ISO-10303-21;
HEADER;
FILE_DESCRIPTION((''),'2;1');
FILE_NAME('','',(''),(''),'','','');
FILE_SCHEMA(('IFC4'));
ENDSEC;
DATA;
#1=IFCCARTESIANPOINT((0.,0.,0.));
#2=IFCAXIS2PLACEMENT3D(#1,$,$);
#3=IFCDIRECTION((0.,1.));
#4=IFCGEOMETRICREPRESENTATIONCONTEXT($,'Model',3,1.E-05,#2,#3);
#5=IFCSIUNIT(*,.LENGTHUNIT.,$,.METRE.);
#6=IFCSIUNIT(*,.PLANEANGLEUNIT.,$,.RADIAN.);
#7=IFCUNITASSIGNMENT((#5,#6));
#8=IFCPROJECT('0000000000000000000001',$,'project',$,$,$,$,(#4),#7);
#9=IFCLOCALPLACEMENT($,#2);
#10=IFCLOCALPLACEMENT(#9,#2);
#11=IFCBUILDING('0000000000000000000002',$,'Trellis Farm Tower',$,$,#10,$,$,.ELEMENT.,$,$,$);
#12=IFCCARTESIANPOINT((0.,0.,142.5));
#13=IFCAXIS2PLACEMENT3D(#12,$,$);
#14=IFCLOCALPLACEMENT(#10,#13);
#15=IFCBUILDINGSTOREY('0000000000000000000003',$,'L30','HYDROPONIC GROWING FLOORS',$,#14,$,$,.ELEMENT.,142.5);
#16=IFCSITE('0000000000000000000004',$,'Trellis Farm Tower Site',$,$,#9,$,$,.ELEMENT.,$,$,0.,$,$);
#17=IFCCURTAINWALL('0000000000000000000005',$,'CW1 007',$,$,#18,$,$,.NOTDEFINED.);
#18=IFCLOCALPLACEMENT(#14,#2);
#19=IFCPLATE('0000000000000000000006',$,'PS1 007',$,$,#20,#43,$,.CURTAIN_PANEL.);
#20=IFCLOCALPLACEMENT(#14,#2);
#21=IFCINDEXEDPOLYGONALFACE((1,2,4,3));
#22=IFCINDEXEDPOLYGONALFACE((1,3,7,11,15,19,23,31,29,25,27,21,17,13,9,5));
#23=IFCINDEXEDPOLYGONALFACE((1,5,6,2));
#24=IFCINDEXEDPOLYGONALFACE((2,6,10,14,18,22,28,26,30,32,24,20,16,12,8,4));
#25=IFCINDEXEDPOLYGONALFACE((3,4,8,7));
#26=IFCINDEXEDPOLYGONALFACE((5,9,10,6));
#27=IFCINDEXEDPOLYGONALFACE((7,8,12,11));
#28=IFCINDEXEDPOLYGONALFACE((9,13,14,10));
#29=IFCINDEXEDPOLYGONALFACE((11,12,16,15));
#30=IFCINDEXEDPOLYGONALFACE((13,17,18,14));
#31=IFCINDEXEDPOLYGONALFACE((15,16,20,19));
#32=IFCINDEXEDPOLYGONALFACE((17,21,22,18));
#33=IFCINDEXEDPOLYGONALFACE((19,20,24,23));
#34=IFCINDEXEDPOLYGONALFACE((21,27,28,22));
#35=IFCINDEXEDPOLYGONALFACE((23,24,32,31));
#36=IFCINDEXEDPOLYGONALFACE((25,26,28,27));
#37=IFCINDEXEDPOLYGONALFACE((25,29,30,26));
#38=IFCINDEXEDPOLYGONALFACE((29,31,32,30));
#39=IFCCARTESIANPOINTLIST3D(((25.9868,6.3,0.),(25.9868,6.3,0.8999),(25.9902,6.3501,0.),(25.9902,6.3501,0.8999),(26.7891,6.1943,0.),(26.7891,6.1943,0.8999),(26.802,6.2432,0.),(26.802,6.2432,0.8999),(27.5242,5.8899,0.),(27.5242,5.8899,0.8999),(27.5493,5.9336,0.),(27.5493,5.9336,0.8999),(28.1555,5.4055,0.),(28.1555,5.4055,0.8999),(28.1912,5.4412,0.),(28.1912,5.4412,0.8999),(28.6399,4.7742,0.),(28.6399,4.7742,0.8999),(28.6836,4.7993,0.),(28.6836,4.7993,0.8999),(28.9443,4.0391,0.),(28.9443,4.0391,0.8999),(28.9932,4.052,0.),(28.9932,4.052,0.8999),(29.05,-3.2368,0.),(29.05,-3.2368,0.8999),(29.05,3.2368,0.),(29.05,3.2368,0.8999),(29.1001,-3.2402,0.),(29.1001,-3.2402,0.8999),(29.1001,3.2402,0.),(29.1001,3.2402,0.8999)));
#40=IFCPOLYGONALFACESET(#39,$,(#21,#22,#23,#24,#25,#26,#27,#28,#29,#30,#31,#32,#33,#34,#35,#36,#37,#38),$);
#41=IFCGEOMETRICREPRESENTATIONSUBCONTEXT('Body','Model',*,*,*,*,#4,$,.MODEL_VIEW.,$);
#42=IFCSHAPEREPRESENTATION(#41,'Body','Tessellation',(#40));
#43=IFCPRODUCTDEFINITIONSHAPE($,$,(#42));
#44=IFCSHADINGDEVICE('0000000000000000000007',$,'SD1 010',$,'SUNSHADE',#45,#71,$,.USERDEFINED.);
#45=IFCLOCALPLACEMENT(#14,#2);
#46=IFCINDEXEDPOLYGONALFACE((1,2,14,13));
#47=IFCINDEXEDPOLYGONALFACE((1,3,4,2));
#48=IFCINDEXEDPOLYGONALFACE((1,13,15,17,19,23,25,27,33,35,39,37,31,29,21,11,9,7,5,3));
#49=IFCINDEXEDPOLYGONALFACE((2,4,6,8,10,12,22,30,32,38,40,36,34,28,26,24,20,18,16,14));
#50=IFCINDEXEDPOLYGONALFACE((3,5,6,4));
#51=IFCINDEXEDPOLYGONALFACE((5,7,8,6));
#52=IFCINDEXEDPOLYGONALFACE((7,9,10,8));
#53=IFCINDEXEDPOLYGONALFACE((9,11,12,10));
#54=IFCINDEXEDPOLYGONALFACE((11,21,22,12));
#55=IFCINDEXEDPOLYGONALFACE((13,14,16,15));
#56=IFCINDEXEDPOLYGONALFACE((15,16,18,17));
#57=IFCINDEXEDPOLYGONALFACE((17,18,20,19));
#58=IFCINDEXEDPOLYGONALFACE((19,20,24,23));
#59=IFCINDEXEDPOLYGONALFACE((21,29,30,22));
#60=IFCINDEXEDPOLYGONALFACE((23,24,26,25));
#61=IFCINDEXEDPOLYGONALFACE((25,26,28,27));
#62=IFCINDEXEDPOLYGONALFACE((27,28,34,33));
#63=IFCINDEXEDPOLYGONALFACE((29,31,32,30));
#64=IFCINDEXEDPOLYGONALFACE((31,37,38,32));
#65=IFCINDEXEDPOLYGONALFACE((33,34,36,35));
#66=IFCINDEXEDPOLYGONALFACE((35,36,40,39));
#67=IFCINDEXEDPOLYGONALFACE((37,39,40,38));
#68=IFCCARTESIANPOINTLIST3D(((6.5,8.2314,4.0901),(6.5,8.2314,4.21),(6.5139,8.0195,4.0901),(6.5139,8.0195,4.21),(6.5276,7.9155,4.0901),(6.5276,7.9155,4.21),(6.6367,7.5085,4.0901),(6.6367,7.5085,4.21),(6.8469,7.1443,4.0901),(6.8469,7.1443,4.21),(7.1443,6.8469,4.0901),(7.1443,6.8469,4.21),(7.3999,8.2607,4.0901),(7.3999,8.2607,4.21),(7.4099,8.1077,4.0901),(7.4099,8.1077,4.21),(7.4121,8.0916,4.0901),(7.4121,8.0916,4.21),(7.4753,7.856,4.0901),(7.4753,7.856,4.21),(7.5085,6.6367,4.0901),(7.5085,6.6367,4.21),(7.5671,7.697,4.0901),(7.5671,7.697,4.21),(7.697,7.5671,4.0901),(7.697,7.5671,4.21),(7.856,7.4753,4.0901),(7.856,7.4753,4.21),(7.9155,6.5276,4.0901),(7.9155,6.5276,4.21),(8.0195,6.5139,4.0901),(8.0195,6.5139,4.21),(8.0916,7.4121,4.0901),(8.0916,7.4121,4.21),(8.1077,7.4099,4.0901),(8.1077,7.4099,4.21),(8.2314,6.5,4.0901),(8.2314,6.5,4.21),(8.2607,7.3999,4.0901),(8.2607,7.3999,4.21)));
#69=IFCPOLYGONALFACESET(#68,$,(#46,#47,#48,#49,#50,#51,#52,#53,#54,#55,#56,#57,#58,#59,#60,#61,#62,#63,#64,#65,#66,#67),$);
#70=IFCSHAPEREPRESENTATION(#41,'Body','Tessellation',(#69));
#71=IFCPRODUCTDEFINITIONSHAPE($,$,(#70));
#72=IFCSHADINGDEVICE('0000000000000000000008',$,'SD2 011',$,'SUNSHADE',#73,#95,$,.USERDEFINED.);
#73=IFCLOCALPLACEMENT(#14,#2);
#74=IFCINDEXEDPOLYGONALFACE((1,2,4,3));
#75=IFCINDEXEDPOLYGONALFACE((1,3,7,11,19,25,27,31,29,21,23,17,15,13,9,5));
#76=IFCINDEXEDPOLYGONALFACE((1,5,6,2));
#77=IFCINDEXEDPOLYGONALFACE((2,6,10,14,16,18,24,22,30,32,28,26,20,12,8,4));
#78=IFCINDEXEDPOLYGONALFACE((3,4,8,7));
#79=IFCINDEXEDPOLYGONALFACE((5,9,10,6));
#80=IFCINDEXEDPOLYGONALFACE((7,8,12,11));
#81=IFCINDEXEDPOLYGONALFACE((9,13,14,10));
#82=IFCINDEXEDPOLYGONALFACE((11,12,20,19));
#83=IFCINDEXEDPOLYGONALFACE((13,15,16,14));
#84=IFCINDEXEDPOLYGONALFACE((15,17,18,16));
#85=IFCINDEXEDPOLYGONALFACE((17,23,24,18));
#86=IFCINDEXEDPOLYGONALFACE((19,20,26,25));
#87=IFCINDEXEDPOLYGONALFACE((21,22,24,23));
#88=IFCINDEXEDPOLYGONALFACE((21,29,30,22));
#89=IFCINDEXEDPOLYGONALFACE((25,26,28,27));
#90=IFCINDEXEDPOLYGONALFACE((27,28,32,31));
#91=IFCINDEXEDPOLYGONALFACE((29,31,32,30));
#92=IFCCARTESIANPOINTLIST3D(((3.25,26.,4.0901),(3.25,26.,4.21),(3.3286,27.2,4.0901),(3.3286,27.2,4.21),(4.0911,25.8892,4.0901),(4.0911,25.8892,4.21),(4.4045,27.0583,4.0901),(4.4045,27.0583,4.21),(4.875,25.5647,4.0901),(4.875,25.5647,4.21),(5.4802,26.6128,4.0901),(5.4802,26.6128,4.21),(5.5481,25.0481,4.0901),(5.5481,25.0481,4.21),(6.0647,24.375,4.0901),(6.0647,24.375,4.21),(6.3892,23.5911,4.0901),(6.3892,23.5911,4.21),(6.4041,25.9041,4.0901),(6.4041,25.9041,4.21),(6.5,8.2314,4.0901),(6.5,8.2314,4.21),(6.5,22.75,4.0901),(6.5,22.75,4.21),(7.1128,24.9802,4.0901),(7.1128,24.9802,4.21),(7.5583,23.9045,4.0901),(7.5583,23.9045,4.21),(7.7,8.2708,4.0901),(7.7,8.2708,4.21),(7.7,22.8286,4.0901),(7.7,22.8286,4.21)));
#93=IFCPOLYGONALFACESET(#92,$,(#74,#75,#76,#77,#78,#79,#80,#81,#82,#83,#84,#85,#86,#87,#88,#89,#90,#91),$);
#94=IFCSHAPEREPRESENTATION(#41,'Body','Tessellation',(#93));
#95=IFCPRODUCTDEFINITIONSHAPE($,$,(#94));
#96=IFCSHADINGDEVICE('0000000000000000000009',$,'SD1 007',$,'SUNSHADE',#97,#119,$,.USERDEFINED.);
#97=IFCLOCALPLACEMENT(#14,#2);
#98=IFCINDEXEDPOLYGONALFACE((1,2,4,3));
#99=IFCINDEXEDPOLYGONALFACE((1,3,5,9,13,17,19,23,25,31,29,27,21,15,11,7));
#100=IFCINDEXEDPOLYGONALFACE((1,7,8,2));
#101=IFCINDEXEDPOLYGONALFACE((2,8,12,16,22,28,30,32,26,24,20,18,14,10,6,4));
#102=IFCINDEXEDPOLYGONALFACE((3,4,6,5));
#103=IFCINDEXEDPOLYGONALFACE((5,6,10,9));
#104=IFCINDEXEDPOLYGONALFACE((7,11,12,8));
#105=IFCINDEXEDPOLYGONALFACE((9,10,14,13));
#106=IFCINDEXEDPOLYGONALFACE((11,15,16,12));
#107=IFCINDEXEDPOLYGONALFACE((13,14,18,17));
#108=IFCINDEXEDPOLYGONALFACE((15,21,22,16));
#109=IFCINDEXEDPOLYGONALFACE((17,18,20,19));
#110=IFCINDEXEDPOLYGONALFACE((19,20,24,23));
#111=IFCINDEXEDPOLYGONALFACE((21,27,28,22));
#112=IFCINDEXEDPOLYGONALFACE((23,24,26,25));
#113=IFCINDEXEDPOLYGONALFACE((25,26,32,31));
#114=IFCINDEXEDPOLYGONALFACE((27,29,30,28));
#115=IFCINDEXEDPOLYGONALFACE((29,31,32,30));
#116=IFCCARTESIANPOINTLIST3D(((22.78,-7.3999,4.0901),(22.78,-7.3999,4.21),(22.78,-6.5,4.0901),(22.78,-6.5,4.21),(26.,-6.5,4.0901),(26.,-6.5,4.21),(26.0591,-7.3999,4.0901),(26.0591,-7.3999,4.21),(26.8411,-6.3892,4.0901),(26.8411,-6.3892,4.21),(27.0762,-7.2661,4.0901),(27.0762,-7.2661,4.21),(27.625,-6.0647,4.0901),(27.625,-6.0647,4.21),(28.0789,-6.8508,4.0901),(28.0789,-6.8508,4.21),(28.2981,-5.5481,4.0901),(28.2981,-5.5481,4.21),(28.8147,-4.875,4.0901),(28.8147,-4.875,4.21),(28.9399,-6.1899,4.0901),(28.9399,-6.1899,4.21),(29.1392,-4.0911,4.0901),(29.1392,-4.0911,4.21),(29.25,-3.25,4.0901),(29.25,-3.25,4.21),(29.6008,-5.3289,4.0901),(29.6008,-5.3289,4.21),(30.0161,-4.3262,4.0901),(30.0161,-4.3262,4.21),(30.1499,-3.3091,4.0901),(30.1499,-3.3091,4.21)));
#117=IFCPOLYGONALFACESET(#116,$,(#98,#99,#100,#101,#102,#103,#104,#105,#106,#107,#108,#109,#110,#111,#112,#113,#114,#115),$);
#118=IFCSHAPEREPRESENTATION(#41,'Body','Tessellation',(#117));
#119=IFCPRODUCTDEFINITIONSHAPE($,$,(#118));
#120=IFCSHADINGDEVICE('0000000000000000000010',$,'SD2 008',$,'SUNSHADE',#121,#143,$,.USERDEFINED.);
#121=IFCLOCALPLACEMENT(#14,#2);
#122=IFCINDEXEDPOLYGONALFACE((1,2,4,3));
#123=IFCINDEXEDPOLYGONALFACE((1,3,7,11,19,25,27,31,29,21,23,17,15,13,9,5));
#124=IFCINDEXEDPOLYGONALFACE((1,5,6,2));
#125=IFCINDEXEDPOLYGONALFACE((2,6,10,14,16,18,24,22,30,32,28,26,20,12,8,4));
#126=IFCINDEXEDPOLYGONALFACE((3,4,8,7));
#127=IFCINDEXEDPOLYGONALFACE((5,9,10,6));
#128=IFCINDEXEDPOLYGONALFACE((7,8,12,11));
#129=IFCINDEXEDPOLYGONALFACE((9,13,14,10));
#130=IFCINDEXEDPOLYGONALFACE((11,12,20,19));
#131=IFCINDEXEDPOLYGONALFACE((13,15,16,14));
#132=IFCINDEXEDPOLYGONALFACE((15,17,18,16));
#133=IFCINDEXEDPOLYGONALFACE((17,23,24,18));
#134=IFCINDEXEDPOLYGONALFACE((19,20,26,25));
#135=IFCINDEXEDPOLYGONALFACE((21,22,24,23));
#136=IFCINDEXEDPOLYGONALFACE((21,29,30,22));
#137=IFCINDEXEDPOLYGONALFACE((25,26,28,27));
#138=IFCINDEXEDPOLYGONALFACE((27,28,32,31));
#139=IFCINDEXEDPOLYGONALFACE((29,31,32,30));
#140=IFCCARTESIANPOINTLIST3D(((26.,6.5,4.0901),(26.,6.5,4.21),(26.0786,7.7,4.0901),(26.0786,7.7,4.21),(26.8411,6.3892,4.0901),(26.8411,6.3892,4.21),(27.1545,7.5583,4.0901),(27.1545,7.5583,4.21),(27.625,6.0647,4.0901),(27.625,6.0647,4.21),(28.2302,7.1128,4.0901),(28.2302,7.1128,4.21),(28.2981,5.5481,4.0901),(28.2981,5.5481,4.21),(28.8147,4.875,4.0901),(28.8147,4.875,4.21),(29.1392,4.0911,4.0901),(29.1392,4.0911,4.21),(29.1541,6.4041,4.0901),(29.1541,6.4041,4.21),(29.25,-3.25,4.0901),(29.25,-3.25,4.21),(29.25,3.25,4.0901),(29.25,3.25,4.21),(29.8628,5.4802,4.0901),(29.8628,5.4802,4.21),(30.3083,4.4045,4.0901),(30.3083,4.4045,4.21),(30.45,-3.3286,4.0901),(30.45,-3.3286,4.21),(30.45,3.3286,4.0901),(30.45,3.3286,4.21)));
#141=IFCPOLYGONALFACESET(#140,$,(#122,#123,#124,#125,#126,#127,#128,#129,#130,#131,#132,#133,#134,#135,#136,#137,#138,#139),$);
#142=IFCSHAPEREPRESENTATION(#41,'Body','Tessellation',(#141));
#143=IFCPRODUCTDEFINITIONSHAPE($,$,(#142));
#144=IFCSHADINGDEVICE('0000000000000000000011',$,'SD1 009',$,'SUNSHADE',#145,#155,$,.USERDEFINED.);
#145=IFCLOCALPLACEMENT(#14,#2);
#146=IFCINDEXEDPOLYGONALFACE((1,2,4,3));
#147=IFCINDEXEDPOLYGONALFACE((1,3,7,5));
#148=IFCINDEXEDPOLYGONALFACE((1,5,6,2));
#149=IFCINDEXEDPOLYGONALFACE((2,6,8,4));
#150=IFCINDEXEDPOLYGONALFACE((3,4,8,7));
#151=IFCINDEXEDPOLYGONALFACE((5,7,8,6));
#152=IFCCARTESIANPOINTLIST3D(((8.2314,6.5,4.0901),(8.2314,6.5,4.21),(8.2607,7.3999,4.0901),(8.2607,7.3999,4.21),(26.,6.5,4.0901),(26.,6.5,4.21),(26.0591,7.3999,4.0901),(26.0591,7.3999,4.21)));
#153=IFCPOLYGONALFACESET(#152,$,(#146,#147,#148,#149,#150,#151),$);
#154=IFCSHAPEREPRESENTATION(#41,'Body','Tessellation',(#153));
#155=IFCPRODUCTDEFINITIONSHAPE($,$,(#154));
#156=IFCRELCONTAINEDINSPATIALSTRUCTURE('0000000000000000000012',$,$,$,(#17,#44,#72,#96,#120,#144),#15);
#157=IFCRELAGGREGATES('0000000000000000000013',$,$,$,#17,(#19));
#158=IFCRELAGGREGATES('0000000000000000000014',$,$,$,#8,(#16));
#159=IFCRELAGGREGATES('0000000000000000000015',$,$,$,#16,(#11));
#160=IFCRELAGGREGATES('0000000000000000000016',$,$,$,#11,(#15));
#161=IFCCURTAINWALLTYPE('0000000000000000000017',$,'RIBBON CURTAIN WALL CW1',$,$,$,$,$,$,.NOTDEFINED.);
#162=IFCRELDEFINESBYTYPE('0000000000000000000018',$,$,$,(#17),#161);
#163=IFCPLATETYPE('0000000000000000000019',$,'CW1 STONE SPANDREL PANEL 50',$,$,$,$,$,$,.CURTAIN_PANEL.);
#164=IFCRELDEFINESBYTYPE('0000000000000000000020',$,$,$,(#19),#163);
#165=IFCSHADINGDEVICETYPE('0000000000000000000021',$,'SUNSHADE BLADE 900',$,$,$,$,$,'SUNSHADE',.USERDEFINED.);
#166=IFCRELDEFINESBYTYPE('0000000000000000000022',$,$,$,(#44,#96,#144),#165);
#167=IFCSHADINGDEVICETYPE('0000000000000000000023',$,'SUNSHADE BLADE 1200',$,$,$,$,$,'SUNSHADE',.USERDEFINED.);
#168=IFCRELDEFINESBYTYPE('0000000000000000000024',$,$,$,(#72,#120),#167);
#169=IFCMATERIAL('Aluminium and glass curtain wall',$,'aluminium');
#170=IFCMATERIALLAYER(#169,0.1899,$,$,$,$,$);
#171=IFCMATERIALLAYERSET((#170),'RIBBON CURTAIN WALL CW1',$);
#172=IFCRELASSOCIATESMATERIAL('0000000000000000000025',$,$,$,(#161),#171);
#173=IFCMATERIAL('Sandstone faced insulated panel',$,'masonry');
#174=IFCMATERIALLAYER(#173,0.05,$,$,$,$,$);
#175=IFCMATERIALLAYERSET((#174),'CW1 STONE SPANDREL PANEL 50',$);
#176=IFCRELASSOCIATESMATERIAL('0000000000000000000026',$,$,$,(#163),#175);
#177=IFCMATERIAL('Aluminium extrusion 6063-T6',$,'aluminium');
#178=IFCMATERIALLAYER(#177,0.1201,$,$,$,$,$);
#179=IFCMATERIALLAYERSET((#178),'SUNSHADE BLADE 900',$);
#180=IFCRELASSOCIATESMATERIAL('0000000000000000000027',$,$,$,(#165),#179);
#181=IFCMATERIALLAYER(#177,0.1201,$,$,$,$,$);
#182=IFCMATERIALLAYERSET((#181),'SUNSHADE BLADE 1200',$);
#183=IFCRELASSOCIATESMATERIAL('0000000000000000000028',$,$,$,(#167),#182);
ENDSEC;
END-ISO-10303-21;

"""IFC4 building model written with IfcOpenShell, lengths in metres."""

from ifc_helpers import new_model, si_unit, direction, frame, origin, place, context, subcontext, project, spatial, polyline, outline, extrude, source, transform, mapped, material, layer, layer_set, type_object, element, aggregate, save


model = new_model("IFC4")

# Units and contexts
model_context = context("Model", 3, precision=1e-05, world=origin(), true_north=direction((0.0, 1.0)))
body_context = subcontext(model_context, "Body", "Model", "MODEL_VIEW")
ifc_project = project(units=[si_unit("LENGTHUNIT", "METRE"), si_unit("PLANEANGLEUNIT", "RADIAN")], contexts=[model_context])

# Site, building, storey
site_placement = place(None, origin())
site = spatial("IfcSite", under=ifc_project, at=site_placement, Name="Trellis Farm Tower Site", CompositionType="ELEMENT", RefElevation=0.0)
building_placement = place(site_placement, origin())
building = spatial("IfcBuilding", under=site, at=building_placement, Name="Trellis Farm Tower", CompositionType="ELEMENT")
storey_placement = place(building_placement, frame((0.0, 0.0, 142.5)))
storey = spatial("IfcBuildingStorey", under=building, at=storey_placement, Name="L30", Description="HYDROPONIC GROWING FLOORS", CompositionType="ELEMENT", Elevation=142.5)

# Curtain wall
ifc_material_1 = material(Name="Aluminium and glass curtain wall", Category="aluminium")
placement_1 = place(storey_placement, origin())
ifc_material_2 = material(Name="Aluminium extrusion 6063-T6", Category="aluminium")
ifc_layer_1 = layer(ifc_material_1, 0.1899)
ifc_layer_set_1 = layer_set([ifc_layer_1], Name="RIBBON CURTAIN WALL CW1")
curtain_wall_type_1 = type_object("IfcCurtainWallType", Name="RIBBON CURTAIN WALL CW1", PredefinedType="NOTDEFINED", material=ifc_layer_set_1)
curtain_wall_1 = element("IfcCurtainWall", 1, at=placement_1, inside=storey, type_object=curtain_wall_type_1, Name="CW1 007", PredefinedType="NOTDEFINED")

# Shared definitions
ifc_material_3 = material(Name="Sandstone faced insulated panel", Category="masonry")
ifc_layer_2 = layer(ifc_material_3, 0.05)
ifc_layer_set_2 = layer_set([ifc_layer_2], Name="CW1 STONE SPANDREL PANEL 50")
plate_type_1 = type_object("IfcPlateType", Name="CW1 STONE SPANDREL PANEL 50", PredefinedType="CURTAIN_PANEL", material=ifc_layer_set_2)

# Plate
shared_shape_1 = source(origin(), body_context, "Body", "SweptSolid", [
    extrude(outline(polyline([(29.1001, -3.2402), (29.1001, 3.2402), (28.9932, 4.052), (28.6836, 4.7993), (28.1912, 5.4412), (27.5493, 5.9336), (26.802, 6.2432), (25.9902, 6.3501), (25.9868, 6.3), (26.7891, 6.1943), (27.5242, 5.8899), (28.1555, 5.4055), (28.6399, 4.7742), (28.9443, 4.0391), (29.05, 3.2368), (29.05, -3.2368), (29.1001, -3.2402)])), origin(), (0.0, 0.0, 1.0), 0.8999),
])
plate_1 = element("IfcPlate", 2, at=placement_1, type_object=plate_type_1, Name="PS1 007", PredefinedType="CURTAIN_PANEL", context=body_context, shape_type="MappedRepresentation", body=[
    mapped(shared_shape_1, transform((0.0, 0.0, 0.0))),
])
aggregate(curtain_wall_1, [plate_1])

# Shading devices
ifc_layer_3 = layer(ifc_material_2, 0.1201)
ifc_layer_set_3 = layer_set([ifc_layer_3], Name="SUNSHADE BLADE 900")
shading_device_type_1 = type_object("IfcShadingDeviceType", Name="SUNSHADE BLADE 900", ElementType="SUNSHADE", PredefinedType="USERDEFINED", material=ifc_layer_set_3)
shared_shape_2 = source(origin(), body_context, "Body", "SweptSolid", [
    extrude(outline(polyline([(8.2607, 7.3999), (8.1077, 7.4099), (8.0916, 7.4121), (7.856, 7.4753), (7.697, 7.5671), (7.5671, 7.697), (7.4753, 7.856), (7.4121, 8.0916), (7.4099, 8.1077), (7.3999, 8.2607), (6.5, 8.2314), (6.5139, 8.0195), (6.5276, 7.9155), (6.6367, 7.5085), (6.8469, 7.1443), (7.1443, 6.8469), (7.5085, 6.6367), (7.9155, 6.5276), (8.0195, 6.5139), (8.2314, 6.5), (8.2607, 7.3999)])), origin(), (0.0, 0.0, 1.0), 0.1199),
])
placement_2 = place(storey_placement, frame((0.0, 0.0, 4.0901)))
element("IfcShadingDevice", 3, at=placement_2, inside=storey, type_object=shading_device_type_1, Name="SD1 010", ObjectType="SUNSHADE", PredefinedType="USERDEFINED", context=body_context, shape_type="MappedRepresentation", body=[
    mapped(shared_shape_2, transform((0.0, 0.0, 0.0))),
])
ifc_layer_4 = layer(ifc_material_2, 0.1201)
ifc_layer_set_4 = layer_set([ifc_layer_4], Name="SUNSHADE BLADE 1200")
shading_device_type_2 = type_object("IfcShadingDeviceType", Name="SUNSHADE BLADE 1200", ElementType="SUNSHADE", PredefinedType="USERDEFINED", material=ifc_layer_set_4)
shared_shape_3 = source(origin(), body_context, "Body", "SweptSolid", [
    extrude(outline(polyline([(7.7, 8.2708), (7.7, 22.8286), (7.5583, 23.9045), (7.1128, 24.9802), (6.4041, 25.9041), (5.4802, 26.6128), (4.4045, 27.0583), (3.3286, 27.2), (3.25, 26.0), (4.0911, 25.8892), (4.875, 25.5647), (5.5481, 25.0481), (6.0647, 24.375), (6.3892, 23.5911), (6.5, 22.75), (6.5, 8.2314), (7.7, 8.2708)])), origin(), (0.0, 0.0, 1.0), 0.1199),
])
element("IfcShadingDevice", 4, at=placement_2, inside=storey, type_object=shading_device_type_2, Name="SD2 011", ObjectType="SUNSHADE", PredefinedType="USERDEFINED", context=body_context, shape_type="MappedRepresentation", body=[
    mapped(shared_shape_3, transform((0.0, 0.0, 0.0))),
])
shared_shape_4 = source(origin(), body_context, "Body", "SweptSolid", [
    extrude(outline(polyline([(22.78, -7.3999), (26.0591, -7.3999), (27.0762, -7.2661), (28.0789, -6.8508), (28.9399, -6.1899), (29.6008, -5.3289), (30.0161, -4.3262), (30.1499, -3.3091), (29.25, -3.25), (29.1392, -4.0911), (28.8147, -4.875), (28.2981, -5.5481), (27.625, -6.0647), (26.8411, -6.3892), (26.0, -6.5), (22.78, -6.5), (22.78, -7.3999)])), origin(), (0.0, 0.0, 1.0), 0.1199),
])
element("IfcShadingDevice", 5, at=placement_2, inside=storey, type_object=shading_device_type_1, Name="SD1 007", ObjectType="SUNSHADE", PredefinedType="USERDEFINED", context=body_context, shape_type="MappedRepresentation", body=[
    mapped(shared_shape_4, transform((0.0, 0.0, 0.0))),
])
shared_shape_5 = source(origin(), body_context, "Body", "SweptSolid", [
    extrude(outline(polyline([(30.45, -3.3286), (30.45, 3.3286), (30.3083, 4.4045), (29.8628, 5.4802), (29.1541, 6.4041), (28.2302, 7.1128), (27.1545, 7.5583), (26.0786, 7.7), (26.0, 6.5), (26.8411, 6.3892), (27.625, 6.0647), (28.2981, 5.5481), (28.8147, 4.875), (29.1392, 4.0911), (29.25, 3.25), (29.25, -3.25), (30.45, -3.3286)])), origin(), (0.0, 0.0, 1.0), 0.1199),
])
element("IfcShadingDevice", 6, at=placement_2, inside=storey, type_object=shading_device_type_2, Name="SD2 008", ObjectType="SUNSHADE", PredefinedType="USERDEFINED", context=body_context, shape_type="MappedRepresentation", body=[
    mapped(shared_shape_5, transform((0.0, 0.0, 0.0))),
])
shared_shape_6 = source(origin(), body_context, "Body", "SweptSolid", [
    extrude(outline(polyline([(26.0591, 7.3999), (8.2607, 7.3999), (8.2314, 6.5), (26.0, 6.5), (26.0591, 7.3999)])), origin(), (0.0, 0.0, 1.0), 0.1199),
])
element("IfcShadingDevice", 7, at=placement_2, inside=storey, type_object=shading_device_type_1, Name="SD1 009", ObjectType="SUNSHADE", PredefinedType="USERDEFINED", context=body_context, shape_type="MappedRepresentation", body=[
    mapped(shared_shape_6, transform((0.0, 0.0, 0.0))),
])

save(model, "model.ifc")
